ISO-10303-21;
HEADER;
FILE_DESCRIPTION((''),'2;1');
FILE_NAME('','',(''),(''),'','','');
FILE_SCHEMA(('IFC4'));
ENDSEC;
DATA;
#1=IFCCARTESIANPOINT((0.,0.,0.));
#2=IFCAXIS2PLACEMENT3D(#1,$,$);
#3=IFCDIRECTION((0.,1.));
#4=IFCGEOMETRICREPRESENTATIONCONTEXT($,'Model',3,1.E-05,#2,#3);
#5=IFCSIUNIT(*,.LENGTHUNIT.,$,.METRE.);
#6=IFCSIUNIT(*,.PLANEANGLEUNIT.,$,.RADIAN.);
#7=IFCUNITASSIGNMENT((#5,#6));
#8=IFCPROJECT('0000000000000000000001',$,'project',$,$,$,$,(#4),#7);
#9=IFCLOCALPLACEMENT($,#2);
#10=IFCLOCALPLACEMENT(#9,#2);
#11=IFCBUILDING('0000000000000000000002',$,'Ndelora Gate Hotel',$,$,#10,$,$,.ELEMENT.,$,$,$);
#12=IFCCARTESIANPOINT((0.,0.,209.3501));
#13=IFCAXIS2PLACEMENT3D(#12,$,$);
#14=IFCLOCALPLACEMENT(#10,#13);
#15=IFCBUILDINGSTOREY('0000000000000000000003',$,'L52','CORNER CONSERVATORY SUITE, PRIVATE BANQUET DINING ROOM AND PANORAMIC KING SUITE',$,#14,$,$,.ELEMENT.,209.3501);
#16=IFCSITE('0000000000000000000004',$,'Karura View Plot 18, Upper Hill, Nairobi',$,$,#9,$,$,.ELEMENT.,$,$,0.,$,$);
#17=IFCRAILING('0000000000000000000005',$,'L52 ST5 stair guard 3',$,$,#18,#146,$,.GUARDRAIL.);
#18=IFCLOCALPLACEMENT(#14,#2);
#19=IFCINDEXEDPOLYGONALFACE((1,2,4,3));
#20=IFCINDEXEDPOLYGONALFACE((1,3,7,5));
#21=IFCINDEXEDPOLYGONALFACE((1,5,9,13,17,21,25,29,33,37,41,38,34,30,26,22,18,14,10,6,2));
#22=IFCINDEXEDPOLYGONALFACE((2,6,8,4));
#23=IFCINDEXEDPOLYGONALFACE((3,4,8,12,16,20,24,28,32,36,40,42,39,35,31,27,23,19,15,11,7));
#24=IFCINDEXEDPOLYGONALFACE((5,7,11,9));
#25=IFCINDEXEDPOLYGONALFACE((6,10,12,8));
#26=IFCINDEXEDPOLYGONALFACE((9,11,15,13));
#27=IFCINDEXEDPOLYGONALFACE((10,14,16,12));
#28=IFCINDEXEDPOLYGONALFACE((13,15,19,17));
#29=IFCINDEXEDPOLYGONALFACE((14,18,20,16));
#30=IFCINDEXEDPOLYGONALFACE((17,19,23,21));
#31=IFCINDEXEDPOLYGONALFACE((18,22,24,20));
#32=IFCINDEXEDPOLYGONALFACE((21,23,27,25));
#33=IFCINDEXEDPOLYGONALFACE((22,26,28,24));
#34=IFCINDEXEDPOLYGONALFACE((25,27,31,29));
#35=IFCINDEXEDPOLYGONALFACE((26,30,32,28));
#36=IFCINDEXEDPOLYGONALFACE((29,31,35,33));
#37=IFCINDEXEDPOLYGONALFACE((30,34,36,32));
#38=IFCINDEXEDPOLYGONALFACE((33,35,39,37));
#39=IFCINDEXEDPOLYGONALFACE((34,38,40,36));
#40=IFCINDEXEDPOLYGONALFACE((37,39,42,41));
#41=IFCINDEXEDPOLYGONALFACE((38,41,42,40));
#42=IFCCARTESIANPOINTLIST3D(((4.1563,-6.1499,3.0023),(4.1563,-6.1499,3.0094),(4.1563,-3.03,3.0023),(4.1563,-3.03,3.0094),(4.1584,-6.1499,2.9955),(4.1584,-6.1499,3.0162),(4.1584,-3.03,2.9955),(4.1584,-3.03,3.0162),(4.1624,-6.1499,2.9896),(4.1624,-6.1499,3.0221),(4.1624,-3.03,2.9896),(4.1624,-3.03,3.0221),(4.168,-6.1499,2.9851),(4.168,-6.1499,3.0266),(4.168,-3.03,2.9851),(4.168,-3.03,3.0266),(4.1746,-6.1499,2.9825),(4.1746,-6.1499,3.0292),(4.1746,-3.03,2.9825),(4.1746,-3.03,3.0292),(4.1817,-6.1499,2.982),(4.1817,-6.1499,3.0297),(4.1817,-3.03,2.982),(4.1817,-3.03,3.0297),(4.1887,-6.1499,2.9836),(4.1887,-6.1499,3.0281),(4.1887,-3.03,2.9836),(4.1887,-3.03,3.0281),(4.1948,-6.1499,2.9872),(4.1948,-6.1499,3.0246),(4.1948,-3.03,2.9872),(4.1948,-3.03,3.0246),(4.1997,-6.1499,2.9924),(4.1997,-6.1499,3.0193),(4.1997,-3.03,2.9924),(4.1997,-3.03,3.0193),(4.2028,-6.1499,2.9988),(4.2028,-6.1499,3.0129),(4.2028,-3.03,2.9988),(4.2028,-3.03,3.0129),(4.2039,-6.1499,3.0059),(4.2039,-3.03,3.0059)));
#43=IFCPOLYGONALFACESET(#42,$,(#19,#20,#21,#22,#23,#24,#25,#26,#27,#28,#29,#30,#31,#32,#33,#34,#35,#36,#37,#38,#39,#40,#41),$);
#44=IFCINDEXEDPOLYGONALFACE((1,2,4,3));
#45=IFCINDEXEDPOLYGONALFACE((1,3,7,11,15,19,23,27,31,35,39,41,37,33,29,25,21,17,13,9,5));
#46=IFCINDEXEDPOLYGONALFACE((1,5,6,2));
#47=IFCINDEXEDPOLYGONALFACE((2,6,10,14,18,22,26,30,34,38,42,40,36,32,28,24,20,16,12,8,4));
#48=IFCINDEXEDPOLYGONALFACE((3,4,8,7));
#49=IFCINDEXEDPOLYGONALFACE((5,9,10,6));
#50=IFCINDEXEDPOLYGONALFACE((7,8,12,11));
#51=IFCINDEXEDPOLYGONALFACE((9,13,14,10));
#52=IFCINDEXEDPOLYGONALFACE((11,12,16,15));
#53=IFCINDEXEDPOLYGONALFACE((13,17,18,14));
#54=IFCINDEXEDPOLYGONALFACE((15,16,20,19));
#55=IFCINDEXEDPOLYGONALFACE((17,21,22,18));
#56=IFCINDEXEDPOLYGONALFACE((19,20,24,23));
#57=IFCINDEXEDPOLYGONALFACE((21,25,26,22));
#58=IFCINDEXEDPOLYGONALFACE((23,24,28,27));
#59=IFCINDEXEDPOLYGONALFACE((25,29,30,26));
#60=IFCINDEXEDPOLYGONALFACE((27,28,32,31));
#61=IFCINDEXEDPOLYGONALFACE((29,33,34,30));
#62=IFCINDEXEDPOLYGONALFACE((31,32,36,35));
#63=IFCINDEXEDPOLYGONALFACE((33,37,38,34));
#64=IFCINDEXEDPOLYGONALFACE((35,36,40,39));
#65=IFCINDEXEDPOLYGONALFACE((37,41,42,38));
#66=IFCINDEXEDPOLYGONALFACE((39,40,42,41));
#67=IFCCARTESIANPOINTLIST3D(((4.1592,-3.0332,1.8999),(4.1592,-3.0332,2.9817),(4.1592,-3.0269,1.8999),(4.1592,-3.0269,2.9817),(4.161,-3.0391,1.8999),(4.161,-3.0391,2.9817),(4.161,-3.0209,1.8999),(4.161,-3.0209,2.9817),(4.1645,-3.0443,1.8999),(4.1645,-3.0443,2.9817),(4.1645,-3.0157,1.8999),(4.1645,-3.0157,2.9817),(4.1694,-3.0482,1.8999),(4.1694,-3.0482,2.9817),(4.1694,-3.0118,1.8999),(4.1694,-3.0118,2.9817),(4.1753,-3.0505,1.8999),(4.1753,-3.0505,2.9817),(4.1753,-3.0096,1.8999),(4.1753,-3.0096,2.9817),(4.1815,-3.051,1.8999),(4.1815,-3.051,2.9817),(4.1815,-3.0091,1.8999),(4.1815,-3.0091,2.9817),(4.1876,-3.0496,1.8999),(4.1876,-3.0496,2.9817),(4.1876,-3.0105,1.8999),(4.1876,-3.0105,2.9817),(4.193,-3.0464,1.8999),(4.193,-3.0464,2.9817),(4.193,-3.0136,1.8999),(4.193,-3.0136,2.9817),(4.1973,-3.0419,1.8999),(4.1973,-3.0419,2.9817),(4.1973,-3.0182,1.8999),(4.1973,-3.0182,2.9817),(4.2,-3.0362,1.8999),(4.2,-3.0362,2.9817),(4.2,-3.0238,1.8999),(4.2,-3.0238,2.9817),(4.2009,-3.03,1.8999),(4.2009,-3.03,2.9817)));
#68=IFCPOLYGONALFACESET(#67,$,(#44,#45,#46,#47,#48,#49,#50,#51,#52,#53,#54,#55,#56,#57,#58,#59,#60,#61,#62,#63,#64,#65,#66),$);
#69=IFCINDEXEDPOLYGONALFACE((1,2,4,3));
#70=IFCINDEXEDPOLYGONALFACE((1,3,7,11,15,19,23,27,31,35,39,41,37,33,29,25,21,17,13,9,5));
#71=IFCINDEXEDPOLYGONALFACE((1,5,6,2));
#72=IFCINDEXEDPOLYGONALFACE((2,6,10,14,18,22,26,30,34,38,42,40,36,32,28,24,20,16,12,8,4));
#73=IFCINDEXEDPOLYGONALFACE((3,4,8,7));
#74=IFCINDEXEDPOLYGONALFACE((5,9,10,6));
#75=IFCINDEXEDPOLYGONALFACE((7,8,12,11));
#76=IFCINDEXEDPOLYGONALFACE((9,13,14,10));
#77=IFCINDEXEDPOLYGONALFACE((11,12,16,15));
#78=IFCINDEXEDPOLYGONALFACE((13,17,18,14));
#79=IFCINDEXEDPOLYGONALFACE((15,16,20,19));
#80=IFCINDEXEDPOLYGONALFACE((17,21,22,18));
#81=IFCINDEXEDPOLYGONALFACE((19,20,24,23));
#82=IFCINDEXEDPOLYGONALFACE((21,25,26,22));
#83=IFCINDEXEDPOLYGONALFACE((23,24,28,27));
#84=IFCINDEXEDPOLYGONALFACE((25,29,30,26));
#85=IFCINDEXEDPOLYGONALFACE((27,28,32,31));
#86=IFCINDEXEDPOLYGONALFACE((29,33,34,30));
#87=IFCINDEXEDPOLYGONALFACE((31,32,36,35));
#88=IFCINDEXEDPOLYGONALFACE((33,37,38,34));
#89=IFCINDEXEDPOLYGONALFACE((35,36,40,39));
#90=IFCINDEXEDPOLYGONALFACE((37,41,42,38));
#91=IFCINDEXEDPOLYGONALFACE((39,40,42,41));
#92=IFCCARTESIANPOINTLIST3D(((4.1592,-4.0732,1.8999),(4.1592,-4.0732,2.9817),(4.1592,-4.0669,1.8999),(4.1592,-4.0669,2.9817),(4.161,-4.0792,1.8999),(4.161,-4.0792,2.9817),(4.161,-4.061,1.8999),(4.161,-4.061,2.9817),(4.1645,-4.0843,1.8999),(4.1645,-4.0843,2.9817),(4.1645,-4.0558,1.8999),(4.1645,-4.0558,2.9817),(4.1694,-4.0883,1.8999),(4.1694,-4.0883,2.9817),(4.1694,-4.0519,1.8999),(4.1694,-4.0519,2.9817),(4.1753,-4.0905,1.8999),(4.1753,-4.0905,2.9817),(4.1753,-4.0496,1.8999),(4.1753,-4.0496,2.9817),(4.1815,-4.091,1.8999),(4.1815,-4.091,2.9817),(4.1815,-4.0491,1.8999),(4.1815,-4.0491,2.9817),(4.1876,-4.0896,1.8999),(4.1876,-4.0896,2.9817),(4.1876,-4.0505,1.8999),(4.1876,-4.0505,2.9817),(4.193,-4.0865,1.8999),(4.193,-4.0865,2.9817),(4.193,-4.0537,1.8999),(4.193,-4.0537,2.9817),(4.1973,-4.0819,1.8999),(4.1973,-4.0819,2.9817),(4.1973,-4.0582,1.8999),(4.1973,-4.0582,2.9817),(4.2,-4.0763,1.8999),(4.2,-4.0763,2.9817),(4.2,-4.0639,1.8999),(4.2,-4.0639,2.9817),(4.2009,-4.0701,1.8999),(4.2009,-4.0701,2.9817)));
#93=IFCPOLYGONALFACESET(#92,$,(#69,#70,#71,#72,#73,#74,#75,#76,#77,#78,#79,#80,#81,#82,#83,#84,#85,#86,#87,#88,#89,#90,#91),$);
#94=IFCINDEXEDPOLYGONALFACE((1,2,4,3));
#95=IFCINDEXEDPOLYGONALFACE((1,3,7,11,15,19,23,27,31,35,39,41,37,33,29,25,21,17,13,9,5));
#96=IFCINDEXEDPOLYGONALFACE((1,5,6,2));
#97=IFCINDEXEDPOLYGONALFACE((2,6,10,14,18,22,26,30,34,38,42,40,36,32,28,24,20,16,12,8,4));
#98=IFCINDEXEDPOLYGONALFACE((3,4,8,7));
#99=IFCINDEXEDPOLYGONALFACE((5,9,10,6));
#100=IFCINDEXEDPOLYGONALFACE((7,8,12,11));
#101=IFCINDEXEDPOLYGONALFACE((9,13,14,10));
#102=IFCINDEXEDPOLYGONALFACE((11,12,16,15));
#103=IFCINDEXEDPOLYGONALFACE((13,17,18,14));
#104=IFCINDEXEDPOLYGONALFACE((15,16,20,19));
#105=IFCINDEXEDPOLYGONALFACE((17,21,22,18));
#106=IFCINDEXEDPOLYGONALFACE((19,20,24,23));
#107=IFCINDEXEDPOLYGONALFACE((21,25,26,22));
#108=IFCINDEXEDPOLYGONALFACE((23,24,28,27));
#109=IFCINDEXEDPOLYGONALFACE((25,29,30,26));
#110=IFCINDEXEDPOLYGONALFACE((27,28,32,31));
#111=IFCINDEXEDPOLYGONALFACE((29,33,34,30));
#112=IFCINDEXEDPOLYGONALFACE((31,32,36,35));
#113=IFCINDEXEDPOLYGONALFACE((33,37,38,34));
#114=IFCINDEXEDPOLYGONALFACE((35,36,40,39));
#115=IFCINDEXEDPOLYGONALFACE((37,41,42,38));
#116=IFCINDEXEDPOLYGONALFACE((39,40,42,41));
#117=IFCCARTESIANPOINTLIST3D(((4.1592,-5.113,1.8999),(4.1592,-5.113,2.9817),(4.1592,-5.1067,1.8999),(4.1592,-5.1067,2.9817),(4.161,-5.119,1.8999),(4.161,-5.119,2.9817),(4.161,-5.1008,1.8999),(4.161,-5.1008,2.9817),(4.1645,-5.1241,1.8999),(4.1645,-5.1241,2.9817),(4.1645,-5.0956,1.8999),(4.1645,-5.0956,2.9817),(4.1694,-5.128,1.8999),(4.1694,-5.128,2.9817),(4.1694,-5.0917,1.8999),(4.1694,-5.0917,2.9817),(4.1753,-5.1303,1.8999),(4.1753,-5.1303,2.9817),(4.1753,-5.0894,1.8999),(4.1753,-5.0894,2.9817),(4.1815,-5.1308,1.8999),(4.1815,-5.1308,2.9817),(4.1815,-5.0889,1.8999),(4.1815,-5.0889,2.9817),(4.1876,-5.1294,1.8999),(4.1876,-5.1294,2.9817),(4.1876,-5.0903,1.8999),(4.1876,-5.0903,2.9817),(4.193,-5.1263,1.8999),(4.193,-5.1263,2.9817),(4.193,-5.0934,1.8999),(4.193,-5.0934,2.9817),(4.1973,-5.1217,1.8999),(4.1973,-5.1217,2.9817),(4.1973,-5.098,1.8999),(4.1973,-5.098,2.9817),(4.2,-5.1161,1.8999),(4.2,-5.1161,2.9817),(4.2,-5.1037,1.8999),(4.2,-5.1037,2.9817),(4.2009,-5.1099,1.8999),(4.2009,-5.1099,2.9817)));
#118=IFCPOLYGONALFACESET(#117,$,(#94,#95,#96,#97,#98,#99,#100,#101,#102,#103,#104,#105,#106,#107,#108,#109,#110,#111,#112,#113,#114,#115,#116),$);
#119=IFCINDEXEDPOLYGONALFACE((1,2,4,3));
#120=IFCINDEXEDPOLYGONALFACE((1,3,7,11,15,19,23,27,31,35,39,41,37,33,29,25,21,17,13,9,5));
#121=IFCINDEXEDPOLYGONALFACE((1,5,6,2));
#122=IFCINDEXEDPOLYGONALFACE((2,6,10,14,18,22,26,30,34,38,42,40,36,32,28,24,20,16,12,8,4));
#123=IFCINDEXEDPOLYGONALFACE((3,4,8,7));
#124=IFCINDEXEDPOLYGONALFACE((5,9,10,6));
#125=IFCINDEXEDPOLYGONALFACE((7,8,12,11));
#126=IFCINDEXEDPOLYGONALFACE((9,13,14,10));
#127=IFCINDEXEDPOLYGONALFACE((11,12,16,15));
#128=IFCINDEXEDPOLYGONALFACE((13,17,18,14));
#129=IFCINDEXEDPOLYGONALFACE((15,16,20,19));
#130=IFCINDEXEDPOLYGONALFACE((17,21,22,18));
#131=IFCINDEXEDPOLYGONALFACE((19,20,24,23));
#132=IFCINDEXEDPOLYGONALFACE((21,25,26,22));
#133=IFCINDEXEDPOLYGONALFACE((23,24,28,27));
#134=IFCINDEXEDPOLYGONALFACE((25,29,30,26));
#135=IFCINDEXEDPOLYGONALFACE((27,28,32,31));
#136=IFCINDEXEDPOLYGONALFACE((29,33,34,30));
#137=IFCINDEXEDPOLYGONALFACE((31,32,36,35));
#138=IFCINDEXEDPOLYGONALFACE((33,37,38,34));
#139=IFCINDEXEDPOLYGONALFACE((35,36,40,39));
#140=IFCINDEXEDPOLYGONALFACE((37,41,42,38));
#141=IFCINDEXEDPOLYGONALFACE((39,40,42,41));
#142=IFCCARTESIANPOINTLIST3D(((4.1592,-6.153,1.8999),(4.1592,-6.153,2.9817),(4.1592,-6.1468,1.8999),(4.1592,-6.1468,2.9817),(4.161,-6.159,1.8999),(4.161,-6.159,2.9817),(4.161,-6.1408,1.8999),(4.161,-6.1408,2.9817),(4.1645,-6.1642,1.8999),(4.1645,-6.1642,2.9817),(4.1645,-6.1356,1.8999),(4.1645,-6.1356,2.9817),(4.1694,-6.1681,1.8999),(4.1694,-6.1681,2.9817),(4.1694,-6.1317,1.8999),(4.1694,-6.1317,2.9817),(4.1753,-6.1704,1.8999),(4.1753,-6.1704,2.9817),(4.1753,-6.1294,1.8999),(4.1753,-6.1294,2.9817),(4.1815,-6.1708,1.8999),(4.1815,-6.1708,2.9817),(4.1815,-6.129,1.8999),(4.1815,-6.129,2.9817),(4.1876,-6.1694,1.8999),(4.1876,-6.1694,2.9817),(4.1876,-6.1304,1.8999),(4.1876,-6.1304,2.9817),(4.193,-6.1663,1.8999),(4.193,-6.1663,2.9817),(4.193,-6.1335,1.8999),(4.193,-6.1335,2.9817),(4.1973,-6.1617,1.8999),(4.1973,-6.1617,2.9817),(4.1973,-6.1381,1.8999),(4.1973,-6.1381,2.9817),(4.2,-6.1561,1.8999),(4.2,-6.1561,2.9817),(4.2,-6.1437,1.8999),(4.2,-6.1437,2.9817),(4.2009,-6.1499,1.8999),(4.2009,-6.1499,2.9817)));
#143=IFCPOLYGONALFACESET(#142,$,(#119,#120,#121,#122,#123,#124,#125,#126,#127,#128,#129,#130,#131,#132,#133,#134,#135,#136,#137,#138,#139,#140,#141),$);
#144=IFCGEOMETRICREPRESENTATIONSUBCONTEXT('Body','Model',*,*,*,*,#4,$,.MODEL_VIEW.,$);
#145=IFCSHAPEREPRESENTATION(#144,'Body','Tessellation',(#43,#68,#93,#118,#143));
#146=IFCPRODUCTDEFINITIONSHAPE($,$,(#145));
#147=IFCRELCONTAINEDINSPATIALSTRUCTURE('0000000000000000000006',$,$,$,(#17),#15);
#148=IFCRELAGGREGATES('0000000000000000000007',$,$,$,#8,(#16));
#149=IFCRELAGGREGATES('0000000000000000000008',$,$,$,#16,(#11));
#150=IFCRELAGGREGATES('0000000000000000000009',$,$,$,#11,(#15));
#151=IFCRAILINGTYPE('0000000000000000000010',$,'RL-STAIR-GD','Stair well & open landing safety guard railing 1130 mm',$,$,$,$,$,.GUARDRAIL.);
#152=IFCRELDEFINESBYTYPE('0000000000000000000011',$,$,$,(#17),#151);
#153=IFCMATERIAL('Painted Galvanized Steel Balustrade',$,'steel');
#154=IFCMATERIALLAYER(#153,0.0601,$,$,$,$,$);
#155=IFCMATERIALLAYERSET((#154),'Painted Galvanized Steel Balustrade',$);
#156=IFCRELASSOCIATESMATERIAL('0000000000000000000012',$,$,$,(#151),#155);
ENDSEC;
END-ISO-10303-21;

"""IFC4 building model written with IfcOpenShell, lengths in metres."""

from ifc_helpers import new_model, si_unit, direction, frame, origin, origin_2d, place, context, subcontext, project, spatial, circle, extrude, material, layer, layer_set, type_object, element, save


model = new_model("IFC4")

# Units and contexts
model_context = context("Model", 3, precision=1e-05, world=origin(), true_north=direction((0.0, 1.0)))
body_context = subcontext(model_context, "Body", "Model", "MODEL_VIEW")
ifc_project = project(units=[si_unit("LENGTHUNIT", "METRE"), si_unit("PLANEANGLEUNIT", "RADIAN")], contexts=[model_context])

# Site, building, storey
site_placement = place(None, origin())
site = spatial("IfcSite", under=ifc_project, at=site_placement, Name="Karura View Plot 18, Upper Hill, Nairobi", CompositionType="ELEMENT", RefElevation=0.0)
building_placement = place(site_placement, origin())
building = spatial("IfcBuilding", under=site, at=building_placement, Name="Ndelora Gate Hotel", CompositionType="ELEMENT")
storey_placement = place(building_placement, frame((0.0, 0.0, 209.3501)))
storey = spatial("IfcBuildingStorey", under=building, at=storey_placement, Name="L52", Description="CORNER CONSERVATORY SUITE, PRIVATE BANQUET DINING ROOM AND PANORAMIC KING SUITE", CompositionType="ELEMENT", Elevation=209.3501)

# Railing
ifc_material_1 = material(Name="Painted Galvanized Steel Balustrade", Category="steel")
ifc_layer_1 = layer(ifc_material_1, 0.0601)
ifc_layer_set_1 = layer_set([ifc_layer_1], Name="Painted Galvanized Steel Balustrade")
railing_type = type_object("IfcRailingType", Name="RL-STAIR-GD", Description="Stair well & open landing safety guard railing 1130 mm", PredefinedType="GUARDRAIL", material=ifc_layer_set_1)
railing_1_placement = place(storey_placement, frame((4.1799, -3.03, 1.8999)))
element("IfcRailing", 1, at=railing_1_placement, inside=storey, type_object=railing_type, Name="L52 ST5 stair guard 3", PredefinedType="GUARDRAIL", context=body_context, shape_type="SweptSolid", body=[
    extrude(circle(Radius=0.0239, at=origin_2d()), frame((0.0, 0.0, 1.106), z_axis=(0.0, -1.0, 0.0), x_axis=(1.0, 0.0, 0.0)), (0.0, 0.0, 1.0), 3.1199),
    extrude(circle(Radius=0.021, at=origin_2d()), origin(), (0.0, 0.0, 1.0), 1.0818),
    extrude(circle(Radius=0.021, at=origin_2d()), frame((0.0, -1.04, 0.0)), (0.0, 0.0, 1.0), 1.0818),
    extrude(circle(Radius=0.021, at=origin_2d()), frame((0.0, -2.0798, 0.0)), (0.0, 0.0, 1.0), 1.0818),
    extrude(circle(Radius=0.021, at=origin_2d()), frame((0.0, -3.1199, 0.0)), (0.0, 0.0, 1.0), 1.0818),
])

save(model, "model.ifc")
